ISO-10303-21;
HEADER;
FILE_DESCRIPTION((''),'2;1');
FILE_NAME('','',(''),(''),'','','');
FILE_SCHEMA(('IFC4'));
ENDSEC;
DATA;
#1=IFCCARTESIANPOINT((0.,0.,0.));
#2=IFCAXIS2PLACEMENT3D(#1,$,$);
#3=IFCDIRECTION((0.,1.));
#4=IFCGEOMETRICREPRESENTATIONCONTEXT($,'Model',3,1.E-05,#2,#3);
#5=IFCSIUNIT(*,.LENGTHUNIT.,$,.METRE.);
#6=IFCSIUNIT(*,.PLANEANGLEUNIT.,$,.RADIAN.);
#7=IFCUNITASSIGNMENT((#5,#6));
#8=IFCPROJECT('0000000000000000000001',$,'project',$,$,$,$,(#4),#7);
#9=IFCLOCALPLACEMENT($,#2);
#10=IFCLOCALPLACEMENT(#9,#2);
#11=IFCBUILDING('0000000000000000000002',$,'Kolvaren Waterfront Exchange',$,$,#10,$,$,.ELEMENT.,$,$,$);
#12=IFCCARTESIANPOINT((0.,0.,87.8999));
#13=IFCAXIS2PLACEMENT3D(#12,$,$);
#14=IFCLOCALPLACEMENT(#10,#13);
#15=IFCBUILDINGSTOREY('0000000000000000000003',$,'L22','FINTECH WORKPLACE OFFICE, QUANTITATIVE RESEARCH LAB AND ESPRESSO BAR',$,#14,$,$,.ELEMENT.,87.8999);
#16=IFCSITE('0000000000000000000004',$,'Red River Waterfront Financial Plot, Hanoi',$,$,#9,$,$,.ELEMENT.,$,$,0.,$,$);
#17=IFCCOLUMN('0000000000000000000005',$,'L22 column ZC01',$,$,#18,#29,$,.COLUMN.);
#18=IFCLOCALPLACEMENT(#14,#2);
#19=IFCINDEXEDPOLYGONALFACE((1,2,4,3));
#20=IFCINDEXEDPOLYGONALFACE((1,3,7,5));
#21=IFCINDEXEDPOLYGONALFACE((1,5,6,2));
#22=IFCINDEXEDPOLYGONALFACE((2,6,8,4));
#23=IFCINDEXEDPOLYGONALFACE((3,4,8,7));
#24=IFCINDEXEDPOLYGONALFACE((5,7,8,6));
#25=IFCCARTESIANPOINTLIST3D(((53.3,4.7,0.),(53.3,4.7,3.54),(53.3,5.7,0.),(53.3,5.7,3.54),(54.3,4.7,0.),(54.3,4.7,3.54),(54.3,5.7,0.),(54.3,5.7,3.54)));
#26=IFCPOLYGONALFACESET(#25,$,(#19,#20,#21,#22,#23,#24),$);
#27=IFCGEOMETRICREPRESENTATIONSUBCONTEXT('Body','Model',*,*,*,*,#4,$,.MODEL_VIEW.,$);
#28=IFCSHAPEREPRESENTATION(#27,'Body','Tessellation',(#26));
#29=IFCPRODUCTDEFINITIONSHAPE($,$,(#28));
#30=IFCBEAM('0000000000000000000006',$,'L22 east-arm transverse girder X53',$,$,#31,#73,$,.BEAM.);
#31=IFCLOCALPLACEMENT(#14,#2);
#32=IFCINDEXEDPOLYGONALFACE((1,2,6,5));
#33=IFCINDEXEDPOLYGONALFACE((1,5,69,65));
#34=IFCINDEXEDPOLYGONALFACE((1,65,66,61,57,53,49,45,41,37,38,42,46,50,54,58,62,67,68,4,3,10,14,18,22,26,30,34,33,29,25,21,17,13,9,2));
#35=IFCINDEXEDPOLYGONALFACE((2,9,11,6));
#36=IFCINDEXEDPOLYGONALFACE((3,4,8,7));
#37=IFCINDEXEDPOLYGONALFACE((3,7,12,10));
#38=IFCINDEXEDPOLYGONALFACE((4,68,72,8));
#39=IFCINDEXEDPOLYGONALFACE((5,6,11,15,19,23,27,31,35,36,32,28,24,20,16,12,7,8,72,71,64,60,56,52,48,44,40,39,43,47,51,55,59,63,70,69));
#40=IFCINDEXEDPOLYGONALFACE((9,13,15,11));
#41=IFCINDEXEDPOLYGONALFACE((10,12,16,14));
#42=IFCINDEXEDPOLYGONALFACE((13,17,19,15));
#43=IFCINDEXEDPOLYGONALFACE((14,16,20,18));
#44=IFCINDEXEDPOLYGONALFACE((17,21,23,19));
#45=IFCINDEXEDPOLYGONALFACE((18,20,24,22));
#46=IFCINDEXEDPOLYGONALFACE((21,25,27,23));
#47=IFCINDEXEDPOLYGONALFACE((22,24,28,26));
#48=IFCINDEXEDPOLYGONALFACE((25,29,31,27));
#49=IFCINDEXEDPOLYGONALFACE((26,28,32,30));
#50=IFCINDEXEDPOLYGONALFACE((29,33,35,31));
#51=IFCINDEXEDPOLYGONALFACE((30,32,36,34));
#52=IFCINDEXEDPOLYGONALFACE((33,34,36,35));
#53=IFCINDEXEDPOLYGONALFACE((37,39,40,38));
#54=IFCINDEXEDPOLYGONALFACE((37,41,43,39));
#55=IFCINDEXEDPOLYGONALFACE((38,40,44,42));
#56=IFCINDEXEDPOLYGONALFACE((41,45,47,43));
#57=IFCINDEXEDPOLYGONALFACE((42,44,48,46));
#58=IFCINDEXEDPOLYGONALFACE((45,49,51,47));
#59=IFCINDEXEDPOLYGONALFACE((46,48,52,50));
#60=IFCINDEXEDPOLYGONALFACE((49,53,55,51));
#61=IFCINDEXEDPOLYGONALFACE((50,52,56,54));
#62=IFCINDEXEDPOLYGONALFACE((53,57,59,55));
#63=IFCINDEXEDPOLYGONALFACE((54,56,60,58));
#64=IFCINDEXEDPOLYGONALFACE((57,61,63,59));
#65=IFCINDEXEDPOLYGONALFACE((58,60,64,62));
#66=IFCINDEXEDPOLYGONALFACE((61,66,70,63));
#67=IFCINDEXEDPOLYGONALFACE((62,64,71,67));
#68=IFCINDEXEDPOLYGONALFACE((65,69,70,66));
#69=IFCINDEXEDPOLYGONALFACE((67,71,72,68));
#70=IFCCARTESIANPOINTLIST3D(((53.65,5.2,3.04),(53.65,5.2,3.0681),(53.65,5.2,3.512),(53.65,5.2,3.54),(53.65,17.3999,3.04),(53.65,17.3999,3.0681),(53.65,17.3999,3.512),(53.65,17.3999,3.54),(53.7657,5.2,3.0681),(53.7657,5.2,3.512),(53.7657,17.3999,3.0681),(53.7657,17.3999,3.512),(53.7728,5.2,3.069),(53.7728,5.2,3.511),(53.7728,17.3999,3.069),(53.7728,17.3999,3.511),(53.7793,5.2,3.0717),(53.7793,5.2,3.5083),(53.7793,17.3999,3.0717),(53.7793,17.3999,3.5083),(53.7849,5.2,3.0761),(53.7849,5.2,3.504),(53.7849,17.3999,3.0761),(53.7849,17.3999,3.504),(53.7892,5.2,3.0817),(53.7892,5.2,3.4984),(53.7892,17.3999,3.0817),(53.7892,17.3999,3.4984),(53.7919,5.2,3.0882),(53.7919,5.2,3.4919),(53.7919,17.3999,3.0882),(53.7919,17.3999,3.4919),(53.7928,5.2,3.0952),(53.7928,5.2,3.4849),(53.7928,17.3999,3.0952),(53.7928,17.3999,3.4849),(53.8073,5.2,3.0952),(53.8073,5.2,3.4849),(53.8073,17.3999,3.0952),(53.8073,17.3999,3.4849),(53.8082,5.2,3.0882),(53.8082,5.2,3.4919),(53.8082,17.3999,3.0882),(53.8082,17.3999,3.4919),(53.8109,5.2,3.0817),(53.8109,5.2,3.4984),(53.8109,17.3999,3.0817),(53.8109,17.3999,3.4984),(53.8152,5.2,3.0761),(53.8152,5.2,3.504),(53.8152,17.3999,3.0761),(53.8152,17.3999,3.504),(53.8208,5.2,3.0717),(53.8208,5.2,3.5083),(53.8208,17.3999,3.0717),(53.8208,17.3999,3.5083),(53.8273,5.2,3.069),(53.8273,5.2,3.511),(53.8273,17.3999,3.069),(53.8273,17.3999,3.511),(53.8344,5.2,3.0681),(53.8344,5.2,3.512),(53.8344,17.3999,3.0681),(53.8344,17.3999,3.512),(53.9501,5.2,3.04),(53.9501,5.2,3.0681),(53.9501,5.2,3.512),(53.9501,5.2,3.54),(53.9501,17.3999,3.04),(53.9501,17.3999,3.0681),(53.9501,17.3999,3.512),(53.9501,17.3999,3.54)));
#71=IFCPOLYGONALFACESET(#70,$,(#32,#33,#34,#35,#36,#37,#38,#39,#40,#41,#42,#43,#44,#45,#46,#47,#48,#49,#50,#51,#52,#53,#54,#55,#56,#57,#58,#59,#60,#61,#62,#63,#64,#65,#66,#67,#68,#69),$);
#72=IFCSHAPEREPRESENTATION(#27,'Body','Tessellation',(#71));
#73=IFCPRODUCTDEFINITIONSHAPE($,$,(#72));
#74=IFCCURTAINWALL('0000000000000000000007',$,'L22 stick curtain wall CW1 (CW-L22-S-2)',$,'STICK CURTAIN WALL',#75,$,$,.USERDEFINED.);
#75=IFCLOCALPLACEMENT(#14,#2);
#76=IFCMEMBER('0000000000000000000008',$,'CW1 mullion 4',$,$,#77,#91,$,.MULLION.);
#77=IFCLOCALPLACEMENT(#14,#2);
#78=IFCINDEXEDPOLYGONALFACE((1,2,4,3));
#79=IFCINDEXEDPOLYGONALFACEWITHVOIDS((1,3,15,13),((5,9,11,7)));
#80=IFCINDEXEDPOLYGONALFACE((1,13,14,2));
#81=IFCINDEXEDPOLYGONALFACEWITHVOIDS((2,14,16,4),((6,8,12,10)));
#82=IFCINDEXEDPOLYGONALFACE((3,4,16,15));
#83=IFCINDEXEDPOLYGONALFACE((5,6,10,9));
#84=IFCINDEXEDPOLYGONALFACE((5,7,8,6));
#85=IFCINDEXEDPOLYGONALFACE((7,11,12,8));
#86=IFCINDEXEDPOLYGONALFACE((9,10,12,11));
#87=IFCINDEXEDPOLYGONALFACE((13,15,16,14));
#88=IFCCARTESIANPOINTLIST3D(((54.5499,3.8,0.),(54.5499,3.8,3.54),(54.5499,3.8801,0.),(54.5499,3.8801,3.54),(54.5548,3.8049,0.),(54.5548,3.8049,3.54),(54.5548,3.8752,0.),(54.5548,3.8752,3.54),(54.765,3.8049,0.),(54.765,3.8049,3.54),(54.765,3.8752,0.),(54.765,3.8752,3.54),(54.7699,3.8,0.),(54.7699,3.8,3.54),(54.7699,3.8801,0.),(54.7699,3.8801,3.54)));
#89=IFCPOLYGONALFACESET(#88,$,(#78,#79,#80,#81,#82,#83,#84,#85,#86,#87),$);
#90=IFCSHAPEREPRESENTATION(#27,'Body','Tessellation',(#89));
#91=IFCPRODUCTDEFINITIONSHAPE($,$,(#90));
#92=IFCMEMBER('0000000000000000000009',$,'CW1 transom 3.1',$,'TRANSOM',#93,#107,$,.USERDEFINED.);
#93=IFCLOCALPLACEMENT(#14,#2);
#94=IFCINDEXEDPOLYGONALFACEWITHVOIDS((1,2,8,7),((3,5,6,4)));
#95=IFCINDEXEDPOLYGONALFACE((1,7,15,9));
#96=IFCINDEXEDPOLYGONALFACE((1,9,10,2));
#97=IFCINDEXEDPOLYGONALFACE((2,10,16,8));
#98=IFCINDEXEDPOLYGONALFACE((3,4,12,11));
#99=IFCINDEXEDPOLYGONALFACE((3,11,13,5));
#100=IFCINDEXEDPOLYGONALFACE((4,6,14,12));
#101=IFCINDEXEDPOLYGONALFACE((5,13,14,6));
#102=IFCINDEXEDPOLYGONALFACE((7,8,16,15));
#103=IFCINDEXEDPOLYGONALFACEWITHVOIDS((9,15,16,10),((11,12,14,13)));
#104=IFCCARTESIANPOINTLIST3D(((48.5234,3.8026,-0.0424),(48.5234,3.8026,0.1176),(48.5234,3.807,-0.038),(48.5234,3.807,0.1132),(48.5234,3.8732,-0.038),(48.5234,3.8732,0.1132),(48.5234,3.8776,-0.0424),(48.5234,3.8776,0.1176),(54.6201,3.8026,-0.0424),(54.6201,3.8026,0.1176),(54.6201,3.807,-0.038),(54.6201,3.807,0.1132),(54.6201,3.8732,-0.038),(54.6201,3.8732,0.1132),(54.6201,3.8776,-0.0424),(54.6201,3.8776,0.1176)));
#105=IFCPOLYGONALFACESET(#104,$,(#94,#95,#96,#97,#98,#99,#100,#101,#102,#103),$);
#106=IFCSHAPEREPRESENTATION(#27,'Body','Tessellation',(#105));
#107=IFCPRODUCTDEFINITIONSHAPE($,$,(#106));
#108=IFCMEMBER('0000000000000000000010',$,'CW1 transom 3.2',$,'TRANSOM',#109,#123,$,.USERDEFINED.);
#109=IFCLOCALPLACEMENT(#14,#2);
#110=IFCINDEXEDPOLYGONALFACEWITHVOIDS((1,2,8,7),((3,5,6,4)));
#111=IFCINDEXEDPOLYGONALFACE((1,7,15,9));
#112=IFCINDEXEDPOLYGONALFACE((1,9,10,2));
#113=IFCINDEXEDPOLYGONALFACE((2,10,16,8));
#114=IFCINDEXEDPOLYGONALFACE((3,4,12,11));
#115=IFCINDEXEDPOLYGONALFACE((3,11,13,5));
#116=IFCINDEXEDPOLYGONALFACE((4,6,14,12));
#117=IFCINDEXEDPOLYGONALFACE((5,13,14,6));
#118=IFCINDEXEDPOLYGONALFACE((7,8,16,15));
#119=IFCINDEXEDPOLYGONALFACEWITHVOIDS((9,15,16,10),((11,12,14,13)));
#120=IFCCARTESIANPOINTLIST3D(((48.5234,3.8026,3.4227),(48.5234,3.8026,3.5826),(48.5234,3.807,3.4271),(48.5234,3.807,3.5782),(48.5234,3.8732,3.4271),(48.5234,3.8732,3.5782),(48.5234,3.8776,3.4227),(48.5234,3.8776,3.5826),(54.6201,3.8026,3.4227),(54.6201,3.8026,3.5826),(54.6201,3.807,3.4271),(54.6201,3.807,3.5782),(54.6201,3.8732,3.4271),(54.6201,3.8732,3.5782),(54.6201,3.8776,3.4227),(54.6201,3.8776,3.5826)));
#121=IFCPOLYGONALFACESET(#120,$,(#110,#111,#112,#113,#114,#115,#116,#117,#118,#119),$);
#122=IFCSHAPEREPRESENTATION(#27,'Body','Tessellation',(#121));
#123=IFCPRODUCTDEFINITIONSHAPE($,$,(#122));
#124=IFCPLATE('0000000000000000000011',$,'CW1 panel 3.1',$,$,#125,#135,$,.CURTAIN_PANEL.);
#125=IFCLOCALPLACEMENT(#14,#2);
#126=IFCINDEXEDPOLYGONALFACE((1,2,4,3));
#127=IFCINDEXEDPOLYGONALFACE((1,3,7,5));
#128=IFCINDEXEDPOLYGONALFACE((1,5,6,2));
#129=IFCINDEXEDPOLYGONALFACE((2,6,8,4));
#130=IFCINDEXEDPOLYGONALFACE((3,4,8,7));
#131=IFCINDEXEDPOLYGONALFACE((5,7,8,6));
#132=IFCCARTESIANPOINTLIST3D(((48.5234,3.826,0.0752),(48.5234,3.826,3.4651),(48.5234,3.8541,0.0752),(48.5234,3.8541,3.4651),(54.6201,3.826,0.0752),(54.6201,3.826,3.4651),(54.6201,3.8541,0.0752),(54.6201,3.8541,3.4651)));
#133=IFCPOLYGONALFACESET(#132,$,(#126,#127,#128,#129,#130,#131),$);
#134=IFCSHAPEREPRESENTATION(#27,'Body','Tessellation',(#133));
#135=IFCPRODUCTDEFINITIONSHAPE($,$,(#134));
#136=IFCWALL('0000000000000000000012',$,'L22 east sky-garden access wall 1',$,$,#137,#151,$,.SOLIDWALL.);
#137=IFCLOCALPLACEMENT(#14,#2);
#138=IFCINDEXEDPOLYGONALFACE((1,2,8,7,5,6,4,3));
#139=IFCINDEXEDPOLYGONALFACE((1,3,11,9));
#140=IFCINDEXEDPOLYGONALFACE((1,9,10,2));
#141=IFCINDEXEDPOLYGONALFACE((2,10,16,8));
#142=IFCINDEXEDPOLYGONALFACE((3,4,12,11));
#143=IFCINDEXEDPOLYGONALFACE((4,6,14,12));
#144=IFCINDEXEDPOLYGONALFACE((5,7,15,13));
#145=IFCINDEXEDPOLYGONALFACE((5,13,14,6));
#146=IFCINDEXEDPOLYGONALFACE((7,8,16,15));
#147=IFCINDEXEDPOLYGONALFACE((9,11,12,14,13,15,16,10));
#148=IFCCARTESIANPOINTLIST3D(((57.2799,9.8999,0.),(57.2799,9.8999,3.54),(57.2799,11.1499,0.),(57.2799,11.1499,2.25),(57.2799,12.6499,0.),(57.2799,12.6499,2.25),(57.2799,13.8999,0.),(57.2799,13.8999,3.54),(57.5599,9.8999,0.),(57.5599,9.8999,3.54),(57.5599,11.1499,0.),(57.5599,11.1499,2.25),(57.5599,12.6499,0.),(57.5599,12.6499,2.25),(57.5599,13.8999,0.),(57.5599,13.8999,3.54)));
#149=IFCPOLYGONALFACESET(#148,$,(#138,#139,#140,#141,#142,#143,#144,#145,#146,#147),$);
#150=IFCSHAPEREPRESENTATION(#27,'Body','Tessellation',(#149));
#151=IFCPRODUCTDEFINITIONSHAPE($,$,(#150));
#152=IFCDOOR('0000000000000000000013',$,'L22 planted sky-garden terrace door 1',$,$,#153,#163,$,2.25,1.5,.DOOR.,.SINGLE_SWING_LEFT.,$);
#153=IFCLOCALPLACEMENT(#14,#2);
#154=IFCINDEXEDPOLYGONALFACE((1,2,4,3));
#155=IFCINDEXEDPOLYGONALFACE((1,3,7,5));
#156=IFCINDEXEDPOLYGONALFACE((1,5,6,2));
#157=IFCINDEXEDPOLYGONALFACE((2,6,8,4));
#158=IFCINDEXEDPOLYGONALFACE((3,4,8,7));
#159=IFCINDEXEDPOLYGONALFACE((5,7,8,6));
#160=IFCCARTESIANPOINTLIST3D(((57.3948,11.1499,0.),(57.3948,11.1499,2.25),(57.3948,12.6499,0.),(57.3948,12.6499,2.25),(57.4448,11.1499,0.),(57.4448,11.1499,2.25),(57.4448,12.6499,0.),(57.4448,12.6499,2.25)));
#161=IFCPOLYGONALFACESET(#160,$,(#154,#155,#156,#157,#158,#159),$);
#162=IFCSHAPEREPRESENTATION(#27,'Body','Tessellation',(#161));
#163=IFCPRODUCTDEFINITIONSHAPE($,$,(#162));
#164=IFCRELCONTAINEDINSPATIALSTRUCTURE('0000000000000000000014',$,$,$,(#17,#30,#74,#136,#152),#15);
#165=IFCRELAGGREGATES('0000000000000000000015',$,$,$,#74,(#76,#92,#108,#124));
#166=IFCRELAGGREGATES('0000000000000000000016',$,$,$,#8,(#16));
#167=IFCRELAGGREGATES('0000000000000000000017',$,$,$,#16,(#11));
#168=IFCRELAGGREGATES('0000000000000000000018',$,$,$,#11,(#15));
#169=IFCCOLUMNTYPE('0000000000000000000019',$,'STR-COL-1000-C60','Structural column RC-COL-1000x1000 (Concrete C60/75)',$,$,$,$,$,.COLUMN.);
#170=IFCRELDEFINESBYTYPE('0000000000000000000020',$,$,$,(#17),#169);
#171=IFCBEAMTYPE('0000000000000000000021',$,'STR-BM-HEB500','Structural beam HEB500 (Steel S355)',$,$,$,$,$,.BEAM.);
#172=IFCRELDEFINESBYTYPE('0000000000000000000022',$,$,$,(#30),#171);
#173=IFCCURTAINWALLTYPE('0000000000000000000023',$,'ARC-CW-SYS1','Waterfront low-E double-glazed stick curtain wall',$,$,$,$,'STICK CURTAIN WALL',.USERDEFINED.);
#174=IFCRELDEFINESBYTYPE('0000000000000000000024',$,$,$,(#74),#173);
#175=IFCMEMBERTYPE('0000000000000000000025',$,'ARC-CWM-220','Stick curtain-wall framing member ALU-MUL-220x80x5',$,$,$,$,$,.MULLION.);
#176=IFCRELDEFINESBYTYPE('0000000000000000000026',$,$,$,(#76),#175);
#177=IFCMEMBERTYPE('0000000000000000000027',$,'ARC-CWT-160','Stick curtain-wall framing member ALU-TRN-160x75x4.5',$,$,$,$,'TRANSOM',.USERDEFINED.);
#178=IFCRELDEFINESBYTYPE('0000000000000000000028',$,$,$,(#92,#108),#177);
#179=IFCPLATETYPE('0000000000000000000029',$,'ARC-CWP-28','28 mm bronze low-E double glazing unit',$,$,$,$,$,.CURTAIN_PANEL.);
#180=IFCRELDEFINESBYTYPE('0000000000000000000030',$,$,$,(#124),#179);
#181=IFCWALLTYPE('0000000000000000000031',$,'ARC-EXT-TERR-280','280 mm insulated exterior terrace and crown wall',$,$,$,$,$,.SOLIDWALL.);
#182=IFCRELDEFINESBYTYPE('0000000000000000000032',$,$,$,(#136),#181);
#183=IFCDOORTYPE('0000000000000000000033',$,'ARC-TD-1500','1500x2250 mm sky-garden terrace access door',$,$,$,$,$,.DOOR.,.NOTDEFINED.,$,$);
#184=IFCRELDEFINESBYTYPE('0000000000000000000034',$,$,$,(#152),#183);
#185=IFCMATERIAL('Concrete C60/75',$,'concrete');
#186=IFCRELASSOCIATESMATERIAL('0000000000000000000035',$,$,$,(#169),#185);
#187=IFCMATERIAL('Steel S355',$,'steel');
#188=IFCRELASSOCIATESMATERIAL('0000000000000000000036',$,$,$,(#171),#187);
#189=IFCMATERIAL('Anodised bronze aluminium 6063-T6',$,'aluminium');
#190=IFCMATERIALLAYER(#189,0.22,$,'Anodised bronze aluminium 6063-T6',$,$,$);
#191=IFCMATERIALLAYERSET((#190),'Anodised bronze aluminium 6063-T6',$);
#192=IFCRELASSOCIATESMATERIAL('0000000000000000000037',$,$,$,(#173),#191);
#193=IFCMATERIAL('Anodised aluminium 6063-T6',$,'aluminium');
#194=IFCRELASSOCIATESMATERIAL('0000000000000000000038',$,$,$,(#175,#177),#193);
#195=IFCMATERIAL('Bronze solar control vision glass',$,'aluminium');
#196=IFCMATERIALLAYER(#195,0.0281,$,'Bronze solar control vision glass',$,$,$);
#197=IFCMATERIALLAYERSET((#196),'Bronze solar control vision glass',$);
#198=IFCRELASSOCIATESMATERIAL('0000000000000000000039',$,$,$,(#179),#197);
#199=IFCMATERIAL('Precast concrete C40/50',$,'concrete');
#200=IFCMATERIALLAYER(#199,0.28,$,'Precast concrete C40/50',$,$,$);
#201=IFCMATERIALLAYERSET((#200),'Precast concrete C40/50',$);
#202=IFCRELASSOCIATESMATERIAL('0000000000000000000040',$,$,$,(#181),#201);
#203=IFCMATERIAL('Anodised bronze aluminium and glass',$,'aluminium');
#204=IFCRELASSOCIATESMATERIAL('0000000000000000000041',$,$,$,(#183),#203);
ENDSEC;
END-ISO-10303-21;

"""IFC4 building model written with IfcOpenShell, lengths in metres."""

from ifc_helpers import new_model, si_unit, direction, frame, frame_2d, origin, origin_with_axes, origin_2d, place, context, subcontext, project, spatial, rectangle, hollow_rectangle, i_section, extrude, source, transform, mapped, material, layer, layer_set, material_profile, profile_set, type_object, element, fill, aggregate, save


model = new_model("IFC4")

# Units and contexts
model_context = context("Model", 3, precision=1e-05, world=origin(), true_north=direction((0.0, 1.0)))
body_context = subcontext(model_context, "Body", "Model", "MODEL_VIEW")
ifc_project = project(units=[si_unit("LENGTHUNIT", "METRE"), si_unit("PLANEANGLEUNIT", "RADIAN")], contexts=[model_context])

# Site, building, storey
site_placement = place(None, origin())
site = spatial("IfcSite", under=ifc_project, at=site_placement, Name="Red River Waterfront Financial Plot, Hanoi", CompositionType="ELEMENT", RefElevation=0.0)
building_placement = place(site_placement, origin())
building = spatial("IfcBuilding", under=site, at=building_placement, Name="Kolvaren Waterfront Exchange", CompositionType="ELEMENT")
storey_placement = place(building_placement, frame((0.0, 0.0, 87.8999)))
storey = spatial("IfcBuildingStorey", under=building, at=storey_placement, Name="L22", Description="FINTECH WORKPLACE OFFICE, QUANTITATIVE RESEARCH LAB AND ESPRESSO BAR", CompositionType="ELEMENT", Elevation=87.8999)

# Column
ifc_material_1 = material(Name="Concrete C60/75", Category="concrete")
ifc_material_profile_1 = material_profile(ifc_material_1, rectangle(XDim=1.0, YDim=1.0, at=origin_2d()), Name="RC-COL-1000x1000")
ifc_profile_set_1 = profile_set([ifc_material_profile_1], Name="Concrete C60/75")
column_type = type_object("IfcColumnType", Name="STR-COL-1000-C60", Description="Structural column RC-COL-1000x1000 (Concrete C60/75)", PredefinedType="COLUMN", material=ifc_profile_set_1)
column_placement = place(storey_placement, frame((53.8, 5.2, 0.0), z_axis=(0.0, 0.0, 1.0), x_axis=(1.0, 0.0, 0.0)))
element("IfcColumn", 1, at=column_placement, inside=storey, type_object=column_type, Name="L22 column ZC01", PredefinedType="COLUMN", context=body_context, shape_type="SweptSolid", body=[
    extrude(rectangle(XDim=1.0, YDim=1.0, at=origin_2d()), origin(), (0.0, 0.0, 1.0), 3.54),
])

# Beam
ifc_material_2 = material(Name="Steel S355", Category="steel")
ifc_material_profile_2 = material_profile(ifc_material_2, i_section(OverallWidth=0.3, OverallDepth=0.5, WebThickness=0.0144, FlangeThickness=0.0281, FilletRadius=0.0271, at=origin_2d()), Name="HEB500")
ifc_profile_set_2 = profile_set([ifc_material_profile_2], Name="Steel S355")
beam_type = type_object("IfcBeamType", Name="STR-BM-HEB500", Description="Structural beam HEB500 (Steel S355)", PredefinedType="BEAM", material=ifc_profile_set_2)
beam_placement = place(storey_placement, frame((53.8, 5.2, 3.29), z_axis=(0.0, 1.0, 0.0), x_axis=(-1.0, 0.0, 0.0)))
element("IfcBeam", 2, at=beam_placement, inside=storey, type_object=beam_type, Name="L22 east-arm transverse girder X53", PredefinedType="BEAM", context=body_context, shape_type="SweptSolid", body=[
    extrude(i_section(OverallWidth=0.3, OverallDepth=0.5, WebThickness=0.0144, FlangeThickness=0.0281, FilletRadius=0.0271, at=origin_2d()), origin(), (0.0, 0.0, 1.0), 12.2),
])

# Curtain wall, members, plate
ifc_material_3 = material(Name="Anodised bronze aluminium 6063-T6", Category="aluminium")
ifc_layer_1 = layer(ifc_material_3, 0.22, Name="Anodised bronze aluminium 6063-T6")
ifc_layer_set_1 = layer_set([ifc_layer_1], Name="Anodised bronze aluminium 6063-T6")
curtain_wall_type = type_object("IfcCurtainWallType", Name="ARC-CW-SYS1", Description="Waterfront low-E double-glazed stick curtain wall", ElementType="STICK CURTAIN WALL", PredefinedType="USERDEFINED", material=ifc_layer_set_1)
curtain_wall_placement = place(storey_placement, origin())
curtain_wall = element("IfcCurtainWall", 3, at=curtain_wall_placement, inside=storey, type_object=curtain_wall_type, Name="L22 stick curtain wall CW1 (CW-L22-S-2)", ObjectType="STICK CURTAIN WALL", PredefinedType="USERDEFINED")
ifc_material_4 = material(Name="Anodised aluminium 6063-T6", Category="aluminium")
ifc_material_profile_3 = material_profile(ifc_material_4, hollow_rectangle(XDim=0.0801, YDim=0.22, WallThickness=0.0049, at=origin_2d()), Name="ALU-MUL-220x80x5")
ifc_profile_set_3 = profile_set([ifc_material_profile_3], Name="Anodised aluminium 6063-T6")
member_type_1 = type_object("IfcMemberType", Name="ARC-CWM-220", Description="Stick curtain-wall framing member ALU-MUL-220x80x5", PredefinedType="MULLION", material=ifc_profile_set_3)
shared_shape_1 = source(origin_with_axes(), body_context, "Body", "SweptSolid", [
    extrude(hollow_rectangle(XDim=0.0801, YDim=0.22, WallThickness=0.0049, at=origin_2d()), origin(), (0.0, 0.0, 1.0), 3.54),
])
member_1_placement = place(storey_placement, frame((54.6599, 3.8401, 0.0), z_axis=(0.0, 0.0, 1.0), x_axis=(0.0, 1.0, 0.0)))
member_1 = element("IfcMember", 4, at=member_1_placement, type_object=member_type_1, Name="CW1 mullion 4", PredefinedType="MULLION", context=body_context, shape_type="MappedRepresentation", body=[
    mapped(shared_shape_1, transform((0.0, 0.0, 0.0), x_axis=(1.0, 0.0, 0.0), y_axis=(0.0, 1.0, 0.0), z_axis=(0.0, 0.0, 1.0), scale=1.0)),
])
ifc_material_profile_4 = material_profile(ifc_material_4, hollow_rectangle(XDim=0.075, YDim=0.1599, WallThickness=0.0044, at=origin_2d()), Name="ALU-TRN-160x75x4.5")
ifc_profile_set_4 = profile_set([ifc_material_profile_4], Name="Anodised aluminium 6063-T6")
member_type_2 = type_object("IfcMemberType", Name="ARC-CWT-160", Description="Stick curtain-wall framing member ALU-TRN-160x75x4.5", ElementType="TRANSOM", PredefinedType="USERDEFINED", material=ifc_profile_set_4)
shared_shape_2 = source(origin_with_axes(), body_context, "Body", "SweptSolid", [
    extrude(hollow_rectangle(XDim=0.075, YDim=0.1599, WallThickness=0.0044, at=origin_2d()), origin(), (0.0, 0.0, 1.0), 6.0967),
])
member_2_placement = place(storey_placement, frame((48.5234, 3.8401, 0.0376), z_axis=(1.0, 0.0, 0.0), x_axis=(0.0, 1.0, 0.0)))
member_2 = element("IfcMember", 5, at=member_2_placement, type_object=member_type_2, Name="CW1 transom 3.1", ObjectType="TRANSOM", PredefinedType="USERDEFINED", context=body_context, shape_type="MappedRepresentation", body=[
    mapped(shared_shape_2, transform((0.0, 0.0, 0.0), x_axis=(1.0, 0.0, 0.0), y_axis=(0.0, 1.0, 0.0), z_axis=(0.0, 0.0, 1.0), scale=1.0)),
])
member_3_placement = place(storey_placement, frame((48.5234, 3.8401, 3.5027), z_axis=(1.0, 0.0, 0.0), x_axis=(0.0, 1.0, 0.0)))
member_3 = element("IfcMember", 6, at=member_3_placement, type_object=member_type_2, Name="CW1 transom 3.2", ObjectType="TRANSOM", PredefinedType="USERDEFINED", context=body_context, shape_type="MappedRepresentation", body=[
    mapped(shared_shape_2, transform((0.0, 0.0, 0.0), x_axis=(1.0, 0.0, 0.0), y_axis=(0.0, 1.0, 0.0), z_axis=(0.0, 0.0, 1.0), scale=1.0)),
])
ifc_material_5 = material(Name="Bronze solar control vision glass", Category="aluminium")
ifc_layer_2 = layer(ifc_material_5, 0.0281, Name="Bronze solar control vision glass")
ifc_layer_set_2 = layer_set([ifc_layer_2], Name="Bronze solar control vision glass")
plate_type = type_object("IfcPlateType", Name="ARC-CWP-28", Description="28 mm bronze low-E double glazing unit", PredefinedType="CURTAIN_PANEL", material=ifc_layer_set_2)
shared_shape_3 = source(origin_with_axes(), body_context, "Body", "SweptSolid", [
    extrude(rectangle(XDim=6.0967, YDim=0.0281, at=origin_2d()), origin(), (0.0, 0.0, 1.0), 3.3899),
])
plate_placement = place(storey_placement, frame((51.5718, 3.8401, 0.0752), z_axis=(0.0, 0.0, 1.0), x_axis=(1.0, 0.0, 0.0)))
plate = element("IfcPlate", 7, at=plate_placement, type_object=plate_type, Name="CW1 panel 3.1", PredefinedType="CURTAIN_PANEL", context=body_context, shape_type="MappedRepresentation", body=[
    mapped(shared_shape_3, transform((0.0, 0.0, 0.0), x_axis=(1.0, 0.0, 0.0), y_axis=(0.0, 1.0, 0.0), z_axis=(0.0, 0.0, 1.0), scale=1.0)),
])
aggregate(curtain_wall, [member_1, member_2, member_3, plate])

# Wall, opening, door
ifc_material_6 = material(Name="Precast concrete C40/50", Category="concrete")
ifc_layer_3 = layer(ifc_material_6, 0.28, Name="Precast concrete C40/50")
ifc_layer_set_3 = layer_set([ifc_layer_3], Name="Precast concrete C40/50")
wall_type_1 = type_object("IfcWallType", Name="ARC-EXT-TERR-280", Description="280 mm insulated exterior terrace and crown wall", PredefinedType="SOLIDWALL", material=ifc_layer_set_3)
wall_1_placement = place(storey_placement, frame((57.4199, 9.8999, 0.0), z_axis=(0.0, 0.0, 1.0), x_axis=(0.0, 1.0, 0.0)))
wall_1 = element("IfcWall", 8, at=wall_1_placement, inside=storey, type_object=wall_type_1, Name="L22 east sky-garden access wall 1", PredefinedType="SOLIDWALL", context=body_context, shape_type="SweptSolid", body=[
    extrude(rectangle(XDim=4.0, YDim=0.28, at=frame_2d((2.0, 0.0))), origin(), (0.0, 0.0, 1.0), 3.54),
])
opening_placement = place(wall_1_placement, frame((1.25, 0.0, 0.0)))
opening = element("IfcOpeningElement", 9, at=opening_placement, cuts=wall_1, PredefinedType="OPENING", context=body_context, shape_type="SweptSolid", body=[
    extrude(rectangle(XDim=1.5, YDim=2.25, at=frame_2d((0.75, 1.125))), frame((0.0, 0.1499, 0.0), z_axis=(0.0, -1.0, 0.0), x_axis=(1.0, 0.0, 0.0)), (0.0, 0.0, 1.0), 0.3),
])
ifc_material_7 = material(Name="Anodised bronze aluminium and glass", Category="aluminium")
door_type = type_object("IfcDoorType", Name="ARC-TD-1500", Description="1500x2250 mm sky-garden terrace access door", OperationType="NOTDEFINED", PredefinedType="DOOR", material=ifc_material_7)
door_placement = place(opening_placement, frame((1.5, 0.0, 0.0), z_axis=(0.0, 0.0, 1.0), x_axis=(-1.0, 0.0, 0.0)))
door = element("IfcDoor", 10, at=door_placement, inside=storey, type_object=door_type, Name="L22 planted sky-garden terrace door 1", OperationType="SINGLE_SWING_LEFT", OverallHeight=2.25, OverallWidth=1.5, PredefinedType="DOOR", context=body_context, shape_type="SweptSolid", body=[
    extrude(rectangle(XDim=1.5, YDim=2.25, at=frame_2d((0.75, 1.125))), frame((0.0, 0.0249, 0.0), z_axis=(0.0, -1.0, 0.0), x_axis=(1.0, 0.0, 0.0)), (0.0, 0.0, 1.0), 0.05),
])
fill(opening, door)

save(model, "model.ifc")
